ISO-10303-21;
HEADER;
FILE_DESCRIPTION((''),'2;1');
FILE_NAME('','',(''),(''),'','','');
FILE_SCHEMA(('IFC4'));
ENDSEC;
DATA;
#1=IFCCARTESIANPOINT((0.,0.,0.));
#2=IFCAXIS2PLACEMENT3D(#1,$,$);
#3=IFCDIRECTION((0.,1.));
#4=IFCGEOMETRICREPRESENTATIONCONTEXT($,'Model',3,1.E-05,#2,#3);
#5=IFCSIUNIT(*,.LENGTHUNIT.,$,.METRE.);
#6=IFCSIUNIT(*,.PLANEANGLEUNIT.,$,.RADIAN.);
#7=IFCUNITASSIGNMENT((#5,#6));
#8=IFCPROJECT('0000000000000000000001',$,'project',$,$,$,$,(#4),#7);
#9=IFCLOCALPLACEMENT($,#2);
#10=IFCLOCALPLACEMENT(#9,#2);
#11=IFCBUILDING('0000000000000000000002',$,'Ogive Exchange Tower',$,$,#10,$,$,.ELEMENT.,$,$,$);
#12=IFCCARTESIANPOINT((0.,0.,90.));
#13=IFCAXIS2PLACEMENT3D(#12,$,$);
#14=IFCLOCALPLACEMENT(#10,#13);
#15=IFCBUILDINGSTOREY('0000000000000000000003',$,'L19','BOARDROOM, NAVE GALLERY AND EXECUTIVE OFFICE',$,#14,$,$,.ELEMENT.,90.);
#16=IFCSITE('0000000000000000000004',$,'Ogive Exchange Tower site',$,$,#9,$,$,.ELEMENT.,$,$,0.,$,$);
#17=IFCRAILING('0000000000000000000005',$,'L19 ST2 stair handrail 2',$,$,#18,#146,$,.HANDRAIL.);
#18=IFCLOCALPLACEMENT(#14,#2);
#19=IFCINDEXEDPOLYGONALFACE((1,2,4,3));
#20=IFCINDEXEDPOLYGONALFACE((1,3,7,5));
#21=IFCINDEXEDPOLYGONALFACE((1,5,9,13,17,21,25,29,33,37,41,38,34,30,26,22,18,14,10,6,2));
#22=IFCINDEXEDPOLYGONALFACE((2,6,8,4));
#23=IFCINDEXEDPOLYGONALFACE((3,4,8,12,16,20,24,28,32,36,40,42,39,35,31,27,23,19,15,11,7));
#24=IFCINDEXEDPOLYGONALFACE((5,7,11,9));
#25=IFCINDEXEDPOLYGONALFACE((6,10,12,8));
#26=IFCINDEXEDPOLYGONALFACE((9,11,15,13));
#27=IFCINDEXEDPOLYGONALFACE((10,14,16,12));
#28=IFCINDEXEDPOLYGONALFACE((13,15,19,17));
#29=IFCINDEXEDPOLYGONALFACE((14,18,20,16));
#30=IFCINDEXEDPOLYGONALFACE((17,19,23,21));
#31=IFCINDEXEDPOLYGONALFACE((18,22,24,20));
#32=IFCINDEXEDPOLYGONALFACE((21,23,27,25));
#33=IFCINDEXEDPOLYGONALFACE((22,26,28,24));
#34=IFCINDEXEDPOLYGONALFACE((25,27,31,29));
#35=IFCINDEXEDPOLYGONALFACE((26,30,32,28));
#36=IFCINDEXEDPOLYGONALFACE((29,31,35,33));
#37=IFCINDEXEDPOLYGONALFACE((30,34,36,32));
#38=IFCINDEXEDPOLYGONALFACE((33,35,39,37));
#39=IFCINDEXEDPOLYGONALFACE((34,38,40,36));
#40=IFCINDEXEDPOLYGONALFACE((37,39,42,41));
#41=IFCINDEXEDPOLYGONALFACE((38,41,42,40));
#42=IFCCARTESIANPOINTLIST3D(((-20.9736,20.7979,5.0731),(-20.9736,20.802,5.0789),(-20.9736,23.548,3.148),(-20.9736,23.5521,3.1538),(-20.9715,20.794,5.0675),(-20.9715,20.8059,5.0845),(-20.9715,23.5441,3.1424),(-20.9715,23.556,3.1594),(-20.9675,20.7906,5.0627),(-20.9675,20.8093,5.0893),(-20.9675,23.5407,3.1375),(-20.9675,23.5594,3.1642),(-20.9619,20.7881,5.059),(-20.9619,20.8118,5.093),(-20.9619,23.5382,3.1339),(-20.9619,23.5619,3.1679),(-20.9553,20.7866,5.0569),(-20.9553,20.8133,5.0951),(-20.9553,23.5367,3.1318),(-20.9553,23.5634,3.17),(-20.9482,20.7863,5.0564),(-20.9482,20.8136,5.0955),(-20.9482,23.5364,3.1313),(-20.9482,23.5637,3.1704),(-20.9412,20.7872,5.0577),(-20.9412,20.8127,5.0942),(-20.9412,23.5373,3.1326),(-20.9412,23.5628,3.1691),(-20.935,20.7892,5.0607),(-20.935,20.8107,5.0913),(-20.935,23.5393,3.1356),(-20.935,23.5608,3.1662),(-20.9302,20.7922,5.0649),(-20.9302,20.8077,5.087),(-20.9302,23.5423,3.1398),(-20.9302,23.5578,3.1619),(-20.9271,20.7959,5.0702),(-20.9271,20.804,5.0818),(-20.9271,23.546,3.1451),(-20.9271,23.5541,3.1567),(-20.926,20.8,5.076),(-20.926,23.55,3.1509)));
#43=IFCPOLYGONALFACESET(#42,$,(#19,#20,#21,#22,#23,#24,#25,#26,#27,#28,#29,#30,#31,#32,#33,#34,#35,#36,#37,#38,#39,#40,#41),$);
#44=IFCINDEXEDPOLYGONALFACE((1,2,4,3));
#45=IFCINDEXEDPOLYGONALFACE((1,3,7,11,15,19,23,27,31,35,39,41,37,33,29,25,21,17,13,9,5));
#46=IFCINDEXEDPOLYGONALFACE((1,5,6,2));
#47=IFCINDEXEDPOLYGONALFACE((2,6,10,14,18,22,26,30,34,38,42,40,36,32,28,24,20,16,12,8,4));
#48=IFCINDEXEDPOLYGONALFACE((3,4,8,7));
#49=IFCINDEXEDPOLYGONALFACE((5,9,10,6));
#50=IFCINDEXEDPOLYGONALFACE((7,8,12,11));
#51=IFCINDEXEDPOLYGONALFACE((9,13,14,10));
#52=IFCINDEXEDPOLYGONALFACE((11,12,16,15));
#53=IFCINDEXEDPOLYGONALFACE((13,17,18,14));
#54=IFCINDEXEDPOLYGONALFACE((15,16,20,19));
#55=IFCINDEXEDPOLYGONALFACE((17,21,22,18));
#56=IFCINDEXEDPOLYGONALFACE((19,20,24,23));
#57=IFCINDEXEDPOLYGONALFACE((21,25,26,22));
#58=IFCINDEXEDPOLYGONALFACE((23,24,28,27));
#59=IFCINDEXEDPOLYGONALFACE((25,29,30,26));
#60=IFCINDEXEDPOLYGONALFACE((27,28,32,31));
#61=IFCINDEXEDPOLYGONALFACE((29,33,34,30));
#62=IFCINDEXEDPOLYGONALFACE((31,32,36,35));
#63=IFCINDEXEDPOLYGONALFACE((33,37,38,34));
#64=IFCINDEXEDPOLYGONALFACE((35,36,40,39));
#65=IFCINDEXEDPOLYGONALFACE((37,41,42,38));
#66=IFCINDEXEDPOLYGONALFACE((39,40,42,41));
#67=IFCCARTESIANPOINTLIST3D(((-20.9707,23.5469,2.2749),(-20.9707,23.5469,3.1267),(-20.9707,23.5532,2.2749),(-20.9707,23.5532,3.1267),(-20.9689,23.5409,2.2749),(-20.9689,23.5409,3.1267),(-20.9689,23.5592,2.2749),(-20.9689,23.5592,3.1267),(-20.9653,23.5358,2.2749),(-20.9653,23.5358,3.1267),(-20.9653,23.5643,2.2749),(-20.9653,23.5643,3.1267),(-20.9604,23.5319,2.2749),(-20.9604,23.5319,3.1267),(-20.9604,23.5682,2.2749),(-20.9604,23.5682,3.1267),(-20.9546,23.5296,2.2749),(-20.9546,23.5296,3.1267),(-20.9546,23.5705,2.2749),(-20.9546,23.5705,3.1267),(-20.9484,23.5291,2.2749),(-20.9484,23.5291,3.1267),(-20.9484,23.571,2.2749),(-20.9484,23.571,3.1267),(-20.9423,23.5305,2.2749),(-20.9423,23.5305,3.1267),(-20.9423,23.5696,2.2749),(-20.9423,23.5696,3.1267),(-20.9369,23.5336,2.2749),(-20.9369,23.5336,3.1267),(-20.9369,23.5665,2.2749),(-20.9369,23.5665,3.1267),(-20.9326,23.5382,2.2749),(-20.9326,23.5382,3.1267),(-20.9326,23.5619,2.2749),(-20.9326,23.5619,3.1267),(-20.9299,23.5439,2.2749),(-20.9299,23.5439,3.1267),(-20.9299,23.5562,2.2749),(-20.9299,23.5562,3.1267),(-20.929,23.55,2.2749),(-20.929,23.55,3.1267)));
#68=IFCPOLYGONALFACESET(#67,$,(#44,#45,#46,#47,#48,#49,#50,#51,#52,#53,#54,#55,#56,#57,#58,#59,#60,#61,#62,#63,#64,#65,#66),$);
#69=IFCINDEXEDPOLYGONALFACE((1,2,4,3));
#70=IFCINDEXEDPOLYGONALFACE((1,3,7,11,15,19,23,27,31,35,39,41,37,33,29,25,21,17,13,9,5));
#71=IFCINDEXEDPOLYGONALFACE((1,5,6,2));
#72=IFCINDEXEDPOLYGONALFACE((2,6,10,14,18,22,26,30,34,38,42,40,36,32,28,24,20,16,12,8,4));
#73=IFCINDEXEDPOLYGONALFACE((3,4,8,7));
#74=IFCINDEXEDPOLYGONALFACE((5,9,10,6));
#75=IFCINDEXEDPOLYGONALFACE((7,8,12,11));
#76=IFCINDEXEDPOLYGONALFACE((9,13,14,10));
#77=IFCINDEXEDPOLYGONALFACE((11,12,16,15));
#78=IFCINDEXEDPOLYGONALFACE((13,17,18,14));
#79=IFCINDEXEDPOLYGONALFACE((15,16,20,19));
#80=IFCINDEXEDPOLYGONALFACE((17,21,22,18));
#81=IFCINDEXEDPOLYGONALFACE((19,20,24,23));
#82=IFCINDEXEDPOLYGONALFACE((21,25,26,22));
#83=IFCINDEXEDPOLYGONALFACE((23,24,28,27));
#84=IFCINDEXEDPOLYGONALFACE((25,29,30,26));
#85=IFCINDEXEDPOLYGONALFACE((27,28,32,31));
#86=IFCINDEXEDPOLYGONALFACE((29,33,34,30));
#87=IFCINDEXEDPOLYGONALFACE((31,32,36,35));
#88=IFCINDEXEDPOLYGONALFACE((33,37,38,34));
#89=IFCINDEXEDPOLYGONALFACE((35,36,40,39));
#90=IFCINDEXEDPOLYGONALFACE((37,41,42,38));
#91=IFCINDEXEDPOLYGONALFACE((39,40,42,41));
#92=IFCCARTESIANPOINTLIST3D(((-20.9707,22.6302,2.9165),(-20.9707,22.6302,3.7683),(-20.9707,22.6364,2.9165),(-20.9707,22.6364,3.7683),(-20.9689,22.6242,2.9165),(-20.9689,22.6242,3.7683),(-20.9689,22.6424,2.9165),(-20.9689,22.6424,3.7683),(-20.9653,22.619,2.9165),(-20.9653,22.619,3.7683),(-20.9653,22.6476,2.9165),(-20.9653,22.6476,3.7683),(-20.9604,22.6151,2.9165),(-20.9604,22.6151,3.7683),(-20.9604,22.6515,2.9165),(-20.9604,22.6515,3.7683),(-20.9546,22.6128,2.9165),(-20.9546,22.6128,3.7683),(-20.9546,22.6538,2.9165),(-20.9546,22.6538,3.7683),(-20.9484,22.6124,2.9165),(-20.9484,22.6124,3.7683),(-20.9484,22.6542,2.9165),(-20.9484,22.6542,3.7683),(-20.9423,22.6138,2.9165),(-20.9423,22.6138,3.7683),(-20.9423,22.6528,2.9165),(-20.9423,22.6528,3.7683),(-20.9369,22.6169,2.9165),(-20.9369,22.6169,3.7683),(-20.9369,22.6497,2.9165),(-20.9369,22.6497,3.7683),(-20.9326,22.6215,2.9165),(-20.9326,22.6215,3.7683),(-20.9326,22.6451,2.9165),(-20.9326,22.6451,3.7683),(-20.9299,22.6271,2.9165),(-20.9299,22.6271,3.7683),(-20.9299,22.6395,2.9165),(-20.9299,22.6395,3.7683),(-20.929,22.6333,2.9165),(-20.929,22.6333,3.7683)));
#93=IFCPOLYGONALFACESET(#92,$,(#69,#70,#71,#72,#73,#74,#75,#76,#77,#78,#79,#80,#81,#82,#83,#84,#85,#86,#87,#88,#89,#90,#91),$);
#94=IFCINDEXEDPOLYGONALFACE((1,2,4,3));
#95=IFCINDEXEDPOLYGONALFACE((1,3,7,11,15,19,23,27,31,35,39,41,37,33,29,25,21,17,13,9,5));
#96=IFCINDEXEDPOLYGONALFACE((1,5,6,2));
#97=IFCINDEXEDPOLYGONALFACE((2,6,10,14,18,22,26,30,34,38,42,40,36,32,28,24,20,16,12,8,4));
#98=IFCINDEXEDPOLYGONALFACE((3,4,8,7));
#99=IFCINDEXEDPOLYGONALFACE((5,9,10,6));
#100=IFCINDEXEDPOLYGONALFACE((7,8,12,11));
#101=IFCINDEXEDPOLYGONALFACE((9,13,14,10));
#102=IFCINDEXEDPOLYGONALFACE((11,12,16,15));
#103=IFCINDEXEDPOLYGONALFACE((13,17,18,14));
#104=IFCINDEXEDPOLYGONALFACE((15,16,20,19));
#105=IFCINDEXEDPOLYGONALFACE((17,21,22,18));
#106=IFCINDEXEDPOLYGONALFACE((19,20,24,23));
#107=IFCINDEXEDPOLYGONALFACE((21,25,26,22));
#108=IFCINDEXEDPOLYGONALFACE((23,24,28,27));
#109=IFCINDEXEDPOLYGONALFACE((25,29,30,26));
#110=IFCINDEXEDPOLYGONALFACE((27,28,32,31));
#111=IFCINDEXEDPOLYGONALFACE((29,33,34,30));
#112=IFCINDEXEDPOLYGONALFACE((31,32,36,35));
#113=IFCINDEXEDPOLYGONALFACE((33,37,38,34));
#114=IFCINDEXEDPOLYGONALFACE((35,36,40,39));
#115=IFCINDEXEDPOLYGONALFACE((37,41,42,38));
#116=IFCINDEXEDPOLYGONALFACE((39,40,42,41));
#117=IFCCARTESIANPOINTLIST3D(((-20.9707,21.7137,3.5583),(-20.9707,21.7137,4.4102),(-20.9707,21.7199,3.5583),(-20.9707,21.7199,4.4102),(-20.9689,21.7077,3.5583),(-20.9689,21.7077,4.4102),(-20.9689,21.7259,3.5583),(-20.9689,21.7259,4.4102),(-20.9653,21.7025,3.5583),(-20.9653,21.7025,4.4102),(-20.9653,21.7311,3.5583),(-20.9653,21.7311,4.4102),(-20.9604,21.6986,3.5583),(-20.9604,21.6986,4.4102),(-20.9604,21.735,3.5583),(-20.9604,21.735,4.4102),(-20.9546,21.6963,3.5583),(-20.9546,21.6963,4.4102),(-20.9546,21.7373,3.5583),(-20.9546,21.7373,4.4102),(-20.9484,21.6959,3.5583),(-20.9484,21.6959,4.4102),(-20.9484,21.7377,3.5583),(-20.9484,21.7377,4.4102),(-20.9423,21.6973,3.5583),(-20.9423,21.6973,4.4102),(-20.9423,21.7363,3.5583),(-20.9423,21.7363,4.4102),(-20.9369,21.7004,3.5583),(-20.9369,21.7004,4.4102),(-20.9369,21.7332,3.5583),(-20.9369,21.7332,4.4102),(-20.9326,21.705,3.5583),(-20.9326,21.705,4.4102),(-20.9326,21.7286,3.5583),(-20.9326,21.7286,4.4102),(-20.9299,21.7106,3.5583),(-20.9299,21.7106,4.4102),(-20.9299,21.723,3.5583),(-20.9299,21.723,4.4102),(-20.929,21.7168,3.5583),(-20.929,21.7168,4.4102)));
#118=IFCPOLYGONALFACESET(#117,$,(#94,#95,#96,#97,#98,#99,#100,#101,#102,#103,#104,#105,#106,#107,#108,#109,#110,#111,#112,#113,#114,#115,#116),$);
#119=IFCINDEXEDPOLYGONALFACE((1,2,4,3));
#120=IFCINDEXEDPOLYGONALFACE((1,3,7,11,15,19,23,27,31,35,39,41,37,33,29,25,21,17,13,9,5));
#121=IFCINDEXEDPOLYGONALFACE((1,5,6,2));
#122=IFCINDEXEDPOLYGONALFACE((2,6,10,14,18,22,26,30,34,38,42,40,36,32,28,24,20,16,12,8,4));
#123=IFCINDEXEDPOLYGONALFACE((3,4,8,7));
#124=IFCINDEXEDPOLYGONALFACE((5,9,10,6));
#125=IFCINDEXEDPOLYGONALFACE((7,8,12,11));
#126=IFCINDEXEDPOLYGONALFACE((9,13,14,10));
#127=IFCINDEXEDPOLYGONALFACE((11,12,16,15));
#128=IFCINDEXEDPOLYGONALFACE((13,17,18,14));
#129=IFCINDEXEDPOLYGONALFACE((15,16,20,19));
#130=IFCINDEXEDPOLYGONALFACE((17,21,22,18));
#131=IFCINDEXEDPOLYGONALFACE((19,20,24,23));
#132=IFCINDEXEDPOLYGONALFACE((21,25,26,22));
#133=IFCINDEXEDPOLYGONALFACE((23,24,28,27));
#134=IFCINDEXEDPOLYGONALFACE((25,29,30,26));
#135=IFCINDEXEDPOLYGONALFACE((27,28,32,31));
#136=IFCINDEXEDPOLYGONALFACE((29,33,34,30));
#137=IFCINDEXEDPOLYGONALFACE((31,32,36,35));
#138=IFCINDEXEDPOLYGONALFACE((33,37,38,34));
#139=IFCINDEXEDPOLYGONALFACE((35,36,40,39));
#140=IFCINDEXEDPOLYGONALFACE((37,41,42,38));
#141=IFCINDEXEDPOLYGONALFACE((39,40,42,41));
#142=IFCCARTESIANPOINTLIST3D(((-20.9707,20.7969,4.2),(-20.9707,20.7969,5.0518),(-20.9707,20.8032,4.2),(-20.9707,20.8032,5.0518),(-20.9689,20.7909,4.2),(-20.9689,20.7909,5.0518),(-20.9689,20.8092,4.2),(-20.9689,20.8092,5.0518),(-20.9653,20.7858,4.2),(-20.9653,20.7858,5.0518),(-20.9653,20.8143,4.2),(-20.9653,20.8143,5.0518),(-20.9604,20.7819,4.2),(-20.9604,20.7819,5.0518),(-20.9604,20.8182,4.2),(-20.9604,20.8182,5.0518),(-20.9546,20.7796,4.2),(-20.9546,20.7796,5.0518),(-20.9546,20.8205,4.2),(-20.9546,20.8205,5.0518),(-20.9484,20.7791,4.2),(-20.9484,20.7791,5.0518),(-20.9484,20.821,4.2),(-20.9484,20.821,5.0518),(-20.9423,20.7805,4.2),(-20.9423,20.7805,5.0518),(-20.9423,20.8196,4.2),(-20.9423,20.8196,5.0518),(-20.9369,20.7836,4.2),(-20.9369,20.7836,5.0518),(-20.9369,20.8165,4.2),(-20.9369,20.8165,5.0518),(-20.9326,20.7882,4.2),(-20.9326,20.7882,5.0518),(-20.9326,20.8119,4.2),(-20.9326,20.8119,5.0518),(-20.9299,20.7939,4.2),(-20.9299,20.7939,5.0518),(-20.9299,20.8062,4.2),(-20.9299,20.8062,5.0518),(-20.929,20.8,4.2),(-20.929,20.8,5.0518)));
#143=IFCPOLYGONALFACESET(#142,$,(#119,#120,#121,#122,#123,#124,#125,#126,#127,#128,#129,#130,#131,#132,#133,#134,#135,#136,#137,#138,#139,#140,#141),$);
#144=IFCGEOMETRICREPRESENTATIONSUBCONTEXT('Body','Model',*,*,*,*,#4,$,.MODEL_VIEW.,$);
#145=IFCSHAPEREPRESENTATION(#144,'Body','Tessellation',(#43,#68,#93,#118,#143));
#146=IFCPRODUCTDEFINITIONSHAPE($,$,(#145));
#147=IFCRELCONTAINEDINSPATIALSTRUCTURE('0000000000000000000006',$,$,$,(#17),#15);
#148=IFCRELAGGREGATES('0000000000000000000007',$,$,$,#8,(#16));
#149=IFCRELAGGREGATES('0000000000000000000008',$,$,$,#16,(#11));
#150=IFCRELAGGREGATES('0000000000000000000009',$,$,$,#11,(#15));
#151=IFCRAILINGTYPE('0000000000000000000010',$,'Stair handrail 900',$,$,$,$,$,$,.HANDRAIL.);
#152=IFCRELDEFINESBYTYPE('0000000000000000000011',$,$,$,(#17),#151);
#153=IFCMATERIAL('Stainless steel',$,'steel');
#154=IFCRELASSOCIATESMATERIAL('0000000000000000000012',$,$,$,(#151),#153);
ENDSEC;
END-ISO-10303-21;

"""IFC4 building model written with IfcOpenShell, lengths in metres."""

from ifc_helpers import new_model, si_unit, direction, frame, origin, origin_2d, place, context, subcontext, project, spatial, circle, extrude, material, type_object, element, save


model = new_model("IFC4")

# Units and contexts
model_context = context("Model", 3, precision=1e-05, world=origin(), true_north=direction((0.0, 1.0)))
body_context = subcontext(model_context, "Body", "Model", "MODEL_VIEW")
ifc_project = project(units=[si_unit("LENGTHUNIT", "METRE"), si_unit("PLANEANGLEUNIT", "RADIAN")], contexts=[model_context])

# Site, building, storey
site_placement = place(None, origin())
site = spatial("IfcSite", under=ifc_project, at=site_placement, Name="Ogive Exchange Tower site", CompositionType="ELEMENT", RefElevation=0.0)
building_placement = place(site_placement, origin())
building = spatial("IfcBuilding", under=site, at=building_placement, Name="Ogive Exchange Tower", CompositionType="ELEMENT")
storey_placement = place(building_placement, frame((0.0, 0.0, 90.0)))
storey = spatial("IfcBuildingStorey", under=building, at=storey_placement, Name="L19", Description="BOARDROOM, NAVE GALLERY AND EXECUTIVE OFFICE", CompositionType="ELEMENT", Elevation=90.0)

# Railing
ifc_material_1 = material(Name="Stainless steel", Category="steel")
railing_type = type_object("IfcRailingType", Name="Stair handrail 900", PredefinedType="HANDRAIL", material=ifc_material_1)
railing_1_placement = place(storey_placement, frame((-20.95, 23.55, 2.2749)))
element("IfcRailing", 1, at=railing_1_placement, inside=storey, type_object=railing_type, Name="L19 ST2 stair handrail 2", PredefinedType="HANDRAIL", context=body_context, shape_type="SweptSolid", body=[
    extrude(circle(Radius=0.0239, at=origin_2d()), frame((0.0, 0.0, 0.876), z_axis=(0.0, -0.819225, 0.573472), x_axis=(1.0, 0.0, 0.0)), (0.0, 0.0, 1.0), 3.3569),
    extrude(circle(Radius=0.021, at=origin_2d()), origin(), (0.0, 0.0, 1.0), 0.8518),
    extrude(circle(Radius=0.021, at=origin_2d()), frame((0.0, -0.9167, 0.6416)), (0.0, 0.0, 1.0), 0.8518),
    extrude(circle(Radius=0.021, at=origin_2d()), frame((0.0, -1.8333, 1.2834)), (0.0, 0.0, 1.0), 0.8518),
    extrude(circle(Radius=0.021, at=origin_2d()), frame((0.0, -2.75, 1.925)), (0.0, 0.0, 1.0), 0.8518),
])

save(model, "model.ifc")
